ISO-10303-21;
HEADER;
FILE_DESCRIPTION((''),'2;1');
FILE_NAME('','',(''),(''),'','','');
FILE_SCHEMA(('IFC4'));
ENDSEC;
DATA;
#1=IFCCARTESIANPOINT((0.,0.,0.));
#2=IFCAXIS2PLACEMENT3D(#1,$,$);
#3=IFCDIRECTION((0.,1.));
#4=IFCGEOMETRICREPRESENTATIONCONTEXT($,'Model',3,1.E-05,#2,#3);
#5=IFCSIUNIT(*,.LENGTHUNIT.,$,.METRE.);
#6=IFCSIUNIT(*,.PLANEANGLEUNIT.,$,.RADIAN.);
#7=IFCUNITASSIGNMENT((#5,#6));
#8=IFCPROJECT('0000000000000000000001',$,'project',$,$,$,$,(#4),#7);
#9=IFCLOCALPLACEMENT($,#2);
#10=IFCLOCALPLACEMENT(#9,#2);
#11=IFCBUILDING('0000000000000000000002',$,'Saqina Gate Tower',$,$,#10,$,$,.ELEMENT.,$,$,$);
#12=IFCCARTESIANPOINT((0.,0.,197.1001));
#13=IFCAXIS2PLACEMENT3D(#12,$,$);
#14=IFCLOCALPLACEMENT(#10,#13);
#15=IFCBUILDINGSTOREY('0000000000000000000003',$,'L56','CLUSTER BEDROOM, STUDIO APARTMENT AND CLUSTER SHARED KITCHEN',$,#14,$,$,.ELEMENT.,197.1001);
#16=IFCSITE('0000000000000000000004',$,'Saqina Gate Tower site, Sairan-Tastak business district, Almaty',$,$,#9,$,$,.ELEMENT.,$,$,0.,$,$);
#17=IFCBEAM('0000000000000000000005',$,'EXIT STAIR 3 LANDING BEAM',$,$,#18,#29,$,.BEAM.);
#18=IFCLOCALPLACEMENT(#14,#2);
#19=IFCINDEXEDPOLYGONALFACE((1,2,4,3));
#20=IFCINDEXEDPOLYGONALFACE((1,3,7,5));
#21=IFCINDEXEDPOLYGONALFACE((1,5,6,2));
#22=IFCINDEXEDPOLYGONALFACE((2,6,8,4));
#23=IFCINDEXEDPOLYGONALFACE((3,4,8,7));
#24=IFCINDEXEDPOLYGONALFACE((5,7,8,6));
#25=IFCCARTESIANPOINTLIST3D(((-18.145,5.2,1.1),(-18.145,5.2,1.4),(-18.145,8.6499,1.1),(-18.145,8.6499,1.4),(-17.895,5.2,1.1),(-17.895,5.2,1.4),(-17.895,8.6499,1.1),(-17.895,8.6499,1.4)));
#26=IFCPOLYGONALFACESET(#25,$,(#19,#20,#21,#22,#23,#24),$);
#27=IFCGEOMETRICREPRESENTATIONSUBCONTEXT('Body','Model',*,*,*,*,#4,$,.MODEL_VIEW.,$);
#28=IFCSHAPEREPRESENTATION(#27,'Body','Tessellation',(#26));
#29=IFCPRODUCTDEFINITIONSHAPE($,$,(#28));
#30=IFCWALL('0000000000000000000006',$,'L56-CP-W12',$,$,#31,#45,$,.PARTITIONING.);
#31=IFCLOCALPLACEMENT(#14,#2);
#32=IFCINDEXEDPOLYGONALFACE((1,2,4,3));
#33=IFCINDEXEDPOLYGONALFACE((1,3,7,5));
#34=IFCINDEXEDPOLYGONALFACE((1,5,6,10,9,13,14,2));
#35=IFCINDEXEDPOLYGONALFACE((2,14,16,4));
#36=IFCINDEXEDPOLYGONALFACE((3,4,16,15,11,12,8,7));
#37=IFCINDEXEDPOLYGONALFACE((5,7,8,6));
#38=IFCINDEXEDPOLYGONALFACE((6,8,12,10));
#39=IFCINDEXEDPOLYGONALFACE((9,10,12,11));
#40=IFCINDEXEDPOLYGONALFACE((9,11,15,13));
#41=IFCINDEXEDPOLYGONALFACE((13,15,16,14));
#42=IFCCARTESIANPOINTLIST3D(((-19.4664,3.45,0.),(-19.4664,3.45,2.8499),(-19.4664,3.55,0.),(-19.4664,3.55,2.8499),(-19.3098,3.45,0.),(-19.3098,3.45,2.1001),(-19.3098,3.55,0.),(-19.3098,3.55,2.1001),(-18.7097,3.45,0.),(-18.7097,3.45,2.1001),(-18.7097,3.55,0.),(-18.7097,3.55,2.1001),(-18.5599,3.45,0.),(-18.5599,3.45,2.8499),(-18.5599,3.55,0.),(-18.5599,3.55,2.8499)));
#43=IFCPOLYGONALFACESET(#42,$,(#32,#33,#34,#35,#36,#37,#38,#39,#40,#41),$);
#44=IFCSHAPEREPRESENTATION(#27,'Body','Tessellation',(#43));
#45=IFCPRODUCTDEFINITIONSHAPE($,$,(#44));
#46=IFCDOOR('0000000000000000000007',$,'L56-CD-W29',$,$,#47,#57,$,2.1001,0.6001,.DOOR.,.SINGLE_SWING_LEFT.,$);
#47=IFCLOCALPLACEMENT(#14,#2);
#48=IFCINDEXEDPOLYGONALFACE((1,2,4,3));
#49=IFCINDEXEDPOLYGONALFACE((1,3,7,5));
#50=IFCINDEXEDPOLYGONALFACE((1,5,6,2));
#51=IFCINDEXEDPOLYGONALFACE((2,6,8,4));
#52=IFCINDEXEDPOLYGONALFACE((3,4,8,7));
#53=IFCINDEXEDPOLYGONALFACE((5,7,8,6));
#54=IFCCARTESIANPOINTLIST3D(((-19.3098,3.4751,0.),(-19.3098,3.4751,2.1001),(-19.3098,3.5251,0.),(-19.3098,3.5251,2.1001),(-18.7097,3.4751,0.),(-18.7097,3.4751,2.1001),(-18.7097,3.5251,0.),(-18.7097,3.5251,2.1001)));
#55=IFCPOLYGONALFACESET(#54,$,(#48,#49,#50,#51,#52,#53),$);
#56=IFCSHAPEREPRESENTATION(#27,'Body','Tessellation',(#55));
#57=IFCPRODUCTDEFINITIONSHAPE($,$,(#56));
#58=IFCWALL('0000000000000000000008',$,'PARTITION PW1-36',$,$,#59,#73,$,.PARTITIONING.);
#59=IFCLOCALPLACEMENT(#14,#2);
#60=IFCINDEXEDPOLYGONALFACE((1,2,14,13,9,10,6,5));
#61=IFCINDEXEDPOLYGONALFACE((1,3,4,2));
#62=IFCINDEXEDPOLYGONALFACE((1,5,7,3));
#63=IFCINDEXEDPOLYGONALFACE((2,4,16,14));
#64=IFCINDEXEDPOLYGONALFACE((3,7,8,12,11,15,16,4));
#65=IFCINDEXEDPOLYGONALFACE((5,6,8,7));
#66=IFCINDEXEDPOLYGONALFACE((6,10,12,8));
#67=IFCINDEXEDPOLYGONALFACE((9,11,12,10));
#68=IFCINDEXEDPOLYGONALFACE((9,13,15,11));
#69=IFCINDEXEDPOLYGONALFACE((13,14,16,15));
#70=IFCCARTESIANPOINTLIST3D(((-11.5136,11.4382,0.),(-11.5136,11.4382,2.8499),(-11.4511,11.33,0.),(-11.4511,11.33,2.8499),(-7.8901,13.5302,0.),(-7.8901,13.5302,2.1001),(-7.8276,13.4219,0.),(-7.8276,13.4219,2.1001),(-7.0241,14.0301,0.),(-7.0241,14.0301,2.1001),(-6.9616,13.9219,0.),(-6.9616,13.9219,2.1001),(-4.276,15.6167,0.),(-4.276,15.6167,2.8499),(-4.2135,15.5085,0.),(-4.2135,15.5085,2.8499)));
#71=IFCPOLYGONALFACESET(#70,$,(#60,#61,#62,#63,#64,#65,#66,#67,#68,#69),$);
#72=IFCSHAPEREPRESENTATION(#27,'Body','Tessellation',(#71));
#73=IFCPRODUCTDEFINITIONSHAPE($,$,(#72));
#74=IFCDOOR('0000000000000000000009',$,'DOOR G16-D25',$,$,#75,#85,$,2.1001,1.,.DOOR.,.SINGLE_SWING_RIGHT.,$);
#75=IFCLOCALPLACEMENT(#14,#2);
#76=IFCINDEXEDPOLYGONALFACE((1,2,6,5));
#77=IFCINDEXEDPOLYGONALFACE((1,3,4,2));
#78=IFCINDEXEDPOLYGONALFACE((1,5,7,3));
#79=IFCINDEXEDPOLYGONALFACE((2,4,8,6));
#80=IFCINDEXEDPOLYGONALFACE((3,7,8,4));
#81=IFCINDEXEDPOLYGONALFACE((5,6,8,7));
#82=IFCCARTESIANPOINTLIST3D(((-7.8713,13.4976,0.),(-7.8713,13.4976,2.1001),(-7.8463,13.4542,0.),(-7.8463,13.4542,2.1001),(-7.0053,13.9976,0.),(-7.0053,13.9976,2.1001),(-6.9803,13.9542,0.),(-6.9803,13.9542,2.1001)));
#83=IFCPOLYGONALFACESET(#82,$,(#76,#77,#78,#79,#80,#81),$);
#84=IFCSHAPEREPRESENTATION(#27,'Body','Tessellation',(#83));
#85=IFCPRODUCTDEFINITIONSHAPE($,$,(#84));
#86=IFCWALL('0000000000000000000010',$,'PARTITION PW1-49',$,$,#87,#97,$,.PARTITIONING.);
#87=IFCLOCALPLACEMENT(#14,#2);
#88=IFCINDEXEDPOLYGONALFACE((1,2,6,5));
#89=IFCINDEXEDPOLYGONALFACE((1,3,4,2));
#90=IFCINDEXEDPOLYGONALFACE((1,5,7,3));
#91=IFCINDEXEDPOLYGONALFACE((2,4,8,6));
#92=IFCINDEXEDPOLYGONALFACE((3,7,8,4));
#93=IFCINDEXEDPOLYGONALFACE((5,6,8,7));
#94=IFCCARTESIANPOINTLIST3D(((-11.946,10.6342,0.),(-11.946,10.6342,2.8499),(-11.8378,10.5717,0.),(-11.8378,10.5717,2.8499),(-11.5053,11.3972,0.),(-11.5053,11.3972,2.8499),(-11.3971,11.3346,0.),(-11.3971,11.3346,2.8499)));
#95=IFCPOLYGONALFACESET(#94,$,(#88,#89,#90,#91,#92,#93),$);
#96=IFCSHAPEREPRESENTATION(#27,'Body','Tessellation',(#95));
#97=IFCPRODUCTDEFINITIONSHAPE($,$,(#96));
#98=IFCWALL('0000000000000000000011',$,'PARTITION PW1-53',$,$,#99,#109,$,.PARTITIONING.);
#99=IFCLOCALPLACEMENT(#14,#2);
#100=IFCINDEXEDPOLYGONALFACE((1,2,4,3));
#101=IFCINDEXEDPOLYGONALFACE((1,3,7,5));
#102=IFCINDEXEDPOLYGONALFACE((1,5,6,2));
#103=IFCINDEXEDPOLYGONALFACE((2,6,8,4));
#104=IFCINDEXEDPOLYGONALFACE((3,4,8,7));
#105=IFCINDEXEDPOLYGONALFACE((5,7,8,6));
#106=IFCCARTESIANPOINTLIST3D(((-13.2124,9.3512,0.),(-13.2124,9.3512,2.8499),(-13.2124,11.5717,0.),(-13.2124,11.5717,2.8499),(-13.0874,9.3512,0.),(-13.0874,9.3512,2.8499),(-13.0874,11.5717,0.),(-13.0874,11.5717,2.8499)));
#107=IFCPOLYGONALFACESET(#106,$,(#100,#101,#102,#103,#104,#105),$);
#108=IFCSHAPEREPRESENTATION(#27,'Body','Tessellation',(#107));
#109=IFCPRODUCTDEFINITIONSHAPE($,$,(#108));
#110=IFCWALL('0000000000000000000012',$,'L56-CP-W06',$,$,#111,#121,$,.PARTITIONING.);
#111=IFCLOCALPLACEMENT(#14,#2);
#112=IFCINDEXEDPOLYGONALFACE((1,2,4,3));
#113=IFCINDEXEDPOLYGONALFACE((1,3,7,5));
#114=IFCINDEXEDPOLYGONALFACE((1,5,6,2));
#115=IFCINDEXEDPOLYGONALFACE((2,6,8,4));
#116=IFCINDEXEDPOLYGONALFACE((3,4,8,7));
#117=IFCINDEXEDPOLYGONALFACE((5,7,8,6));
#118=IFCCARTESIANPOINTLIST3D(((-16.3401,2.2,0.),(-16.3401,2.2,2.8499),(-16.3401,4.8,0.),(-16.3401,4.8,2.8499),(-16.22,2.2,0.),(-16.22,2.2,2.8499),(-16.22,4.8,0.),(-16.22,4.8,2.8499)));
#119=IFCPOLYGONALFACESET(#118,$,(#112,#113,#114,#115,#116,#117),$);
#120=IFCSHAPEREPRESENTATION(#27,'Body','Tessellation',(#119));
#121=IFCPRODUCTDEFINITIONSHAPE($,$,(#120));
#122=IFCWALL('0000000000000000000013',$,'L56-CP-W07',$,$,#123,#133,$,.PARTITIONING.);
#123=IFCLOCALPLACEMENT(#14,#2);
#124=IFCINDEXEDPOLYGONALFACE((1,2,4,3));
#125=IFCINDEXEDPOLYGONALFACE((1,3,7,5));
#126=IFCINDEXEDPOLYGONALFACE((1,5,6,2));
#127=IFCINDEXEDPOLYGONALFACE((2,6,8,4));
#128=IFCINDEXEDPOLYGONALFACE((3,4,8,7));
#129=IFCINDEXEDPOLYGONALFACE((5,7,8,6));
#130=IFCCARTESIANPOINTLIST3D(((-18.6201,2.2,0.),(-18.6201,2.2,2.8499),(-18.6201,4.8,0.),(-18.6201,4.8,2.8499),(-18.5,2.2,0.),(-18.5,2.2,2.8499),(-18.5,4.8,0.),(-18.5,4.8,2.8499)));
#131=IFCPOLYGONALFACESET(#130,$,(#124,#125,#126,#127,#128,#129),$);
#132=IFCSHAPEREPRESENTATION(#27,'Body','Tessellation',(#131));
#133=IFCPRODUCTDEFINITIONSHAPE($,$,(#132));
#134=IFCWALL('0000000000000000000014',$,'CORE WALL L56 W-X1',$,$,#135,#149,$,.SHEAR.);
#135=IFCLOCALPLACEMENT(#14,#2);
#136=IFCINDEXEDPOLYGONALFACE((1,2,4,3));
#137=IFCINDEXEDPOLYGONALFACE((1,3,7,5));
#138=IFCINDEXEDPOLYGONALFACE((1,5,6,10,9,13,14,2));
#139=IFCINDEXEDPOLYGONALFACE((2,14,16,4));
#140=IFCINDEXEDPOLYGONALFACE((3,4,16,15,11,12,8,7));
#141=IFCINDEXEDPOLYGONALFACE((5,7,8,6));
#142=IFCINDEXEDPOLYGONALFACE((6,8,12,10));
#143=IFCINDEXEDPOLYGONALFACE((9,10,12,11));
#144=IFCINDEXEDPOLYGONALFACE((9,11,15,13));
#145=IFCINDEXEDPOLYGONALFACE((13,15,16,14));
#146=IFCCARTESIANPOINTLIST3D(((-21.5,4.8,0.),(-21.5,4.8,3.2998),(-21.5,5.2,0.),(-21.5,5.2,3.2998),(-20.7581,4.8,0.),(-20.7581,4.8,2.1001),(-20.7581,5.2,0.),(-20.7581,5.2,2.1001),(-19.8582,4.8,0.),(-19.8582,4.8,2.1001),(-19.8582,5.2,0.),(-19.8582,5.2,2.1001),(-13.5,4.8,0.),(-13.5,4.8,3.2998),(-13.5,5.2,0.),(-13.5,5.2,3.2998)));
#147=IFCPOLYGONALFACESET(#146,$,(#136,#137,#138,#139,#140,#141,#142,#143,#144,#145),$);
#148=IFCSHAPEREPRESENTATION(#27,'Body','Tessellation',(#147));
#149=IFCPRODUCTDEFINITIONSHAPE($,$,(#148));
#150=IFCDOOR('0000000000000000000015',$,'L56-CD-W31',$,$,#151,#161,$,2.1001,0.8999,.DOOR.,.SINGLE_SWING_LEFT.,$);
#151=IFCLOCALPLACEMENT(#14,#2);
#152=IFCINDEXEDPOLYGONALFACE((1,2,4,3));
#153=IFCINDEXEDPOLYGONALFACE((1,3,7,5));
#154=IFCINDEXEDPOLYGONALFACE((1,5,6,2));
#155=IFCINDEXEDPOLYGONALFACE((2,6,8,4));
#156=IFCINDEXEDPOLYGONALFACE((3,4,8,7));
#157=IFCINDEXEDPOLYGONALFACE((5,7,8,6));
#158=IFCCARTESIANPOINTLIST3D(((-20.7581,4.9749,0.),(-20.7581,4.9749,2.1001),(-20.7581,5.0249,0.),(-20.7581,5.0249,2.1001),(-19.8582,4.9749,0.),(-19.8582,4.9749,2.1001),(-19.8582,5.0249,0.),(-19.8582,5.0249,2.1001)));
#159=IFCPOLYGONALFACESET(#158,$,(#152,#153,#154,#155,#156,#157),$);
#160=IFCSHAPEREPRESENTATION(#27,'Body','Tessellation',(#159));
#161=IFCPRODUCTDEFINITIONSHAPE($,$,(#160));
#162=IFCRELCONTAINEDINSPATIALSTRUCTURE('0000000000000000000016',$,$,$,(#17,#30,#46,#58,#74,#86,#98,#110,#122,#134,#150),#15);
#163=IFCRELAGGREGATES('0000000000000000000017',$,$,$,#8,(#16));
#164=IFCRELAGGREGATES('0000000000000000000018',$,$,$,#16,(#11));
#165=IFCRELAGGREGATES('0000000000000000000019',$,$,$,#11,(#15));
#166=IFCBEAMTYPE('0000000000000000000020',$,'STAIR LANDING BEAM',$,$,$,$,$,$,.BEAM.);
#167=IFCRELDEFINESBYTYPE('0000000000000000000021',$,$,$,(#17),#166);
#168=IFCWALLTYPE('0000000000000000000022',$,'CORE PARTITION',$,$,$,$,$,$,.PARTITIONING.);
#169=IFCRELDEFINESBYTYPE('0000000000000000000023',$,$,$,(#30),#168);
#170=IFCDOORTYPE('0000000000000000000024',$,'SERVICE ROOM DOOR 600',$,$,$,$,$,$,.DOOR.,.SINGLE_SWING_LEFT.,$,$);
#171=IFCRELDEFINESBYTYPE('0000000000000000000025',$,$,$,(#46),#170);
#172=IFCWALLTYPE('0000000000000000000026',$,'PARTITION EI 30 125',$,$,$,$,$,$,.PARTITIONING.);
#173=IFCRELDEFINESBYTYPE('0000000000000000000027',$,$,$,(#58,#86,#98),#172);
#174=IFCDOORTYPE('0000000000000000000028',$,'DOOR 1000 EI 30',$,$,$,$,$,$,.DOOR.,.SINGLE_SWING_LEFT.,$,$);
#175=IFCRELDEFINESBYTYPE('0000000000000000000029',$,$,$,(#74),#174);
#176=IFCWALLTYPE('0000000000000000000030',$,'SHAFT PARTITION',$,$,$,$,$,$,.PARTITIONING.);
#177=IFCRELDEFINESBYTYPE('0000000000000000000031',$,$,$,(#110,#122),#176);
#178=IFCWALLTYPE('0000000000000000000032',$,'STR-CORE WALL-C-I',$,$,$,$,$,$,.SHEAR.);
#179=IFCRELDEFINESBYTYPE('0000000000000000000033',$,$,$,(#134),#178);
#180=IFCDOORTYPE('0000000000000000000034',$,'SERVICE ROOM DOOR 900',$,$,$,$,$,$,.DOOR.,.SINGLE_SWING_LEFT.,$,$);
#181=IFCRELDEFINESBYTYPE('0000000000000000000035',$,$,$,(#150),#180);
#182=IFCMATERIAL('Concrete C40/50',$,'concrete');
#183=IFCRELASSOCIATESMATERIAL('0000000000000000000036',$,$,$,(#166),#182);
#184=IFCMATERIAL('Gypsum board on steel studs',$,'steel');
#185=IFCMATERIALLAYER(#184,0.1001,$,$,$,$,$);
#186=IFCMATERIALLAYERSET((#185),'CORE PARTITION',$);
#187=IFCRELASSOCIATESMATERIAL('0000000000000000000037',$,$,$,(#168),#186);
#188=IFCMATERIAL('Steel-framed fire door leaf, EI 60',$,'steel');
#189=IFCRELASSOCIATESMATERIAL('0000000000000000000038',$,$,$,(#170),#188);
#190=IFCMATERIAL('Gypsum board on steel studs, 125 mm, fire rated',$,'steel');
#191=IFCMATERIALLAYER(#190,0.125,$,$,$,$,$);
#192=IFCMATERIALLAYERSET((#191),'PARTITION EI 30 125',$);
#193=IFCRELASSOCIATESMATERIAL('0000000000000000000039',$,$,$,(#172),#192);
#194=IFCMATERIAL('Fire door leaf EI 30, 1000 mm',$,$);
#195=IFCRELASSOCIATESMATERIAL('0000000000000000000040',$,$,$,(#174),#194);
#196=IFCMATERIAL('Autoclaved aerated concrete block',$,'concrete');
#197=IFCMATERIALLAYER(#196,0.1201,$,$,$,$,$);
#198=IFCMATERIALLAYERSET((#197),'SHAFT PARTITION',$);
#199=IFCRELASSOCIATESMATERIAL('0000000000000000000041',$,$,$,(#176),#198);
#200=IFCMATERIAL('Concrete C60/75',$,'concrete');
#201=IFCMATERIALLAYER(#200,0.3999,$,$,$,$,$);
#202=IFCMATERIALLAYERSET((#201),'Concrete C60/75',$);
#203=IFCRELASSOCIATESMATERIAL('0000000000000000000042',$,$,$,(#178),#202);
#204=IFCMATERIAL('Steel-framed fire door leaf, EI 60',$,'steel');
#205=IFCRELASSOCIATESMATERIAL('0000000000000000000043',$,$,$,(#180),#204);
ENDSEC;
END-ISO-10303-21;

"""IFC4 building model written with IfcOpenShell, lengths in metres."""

from ifc_helpers import new_model, si_unit, direction, frame, frame_2d, origin, origin_2d, place, context, subcontext, project, spatial, rectangle, extrude, material, layer, layer_set, material_profile, profile_set, type_object, element, fill, save


model = new_model("IFC4")

# Units and contexts
model_context = context("Model", 3, precision=1e-05, world=origin(), true_north=direction((0.0, 1.0)))
body_context = subcontext(model_context, "Body", "Model", "MODEL_VIEW")
ifc_project = project(units=[si_unit("LENGTHUNIT", "METRE"), si_unit("PLANEANGLEUNIT", "RADIAN")], contexts=[model_context])

# Site, building, storey
site_placement = place(None, origin())
site = spatial("IfcSite", under=ifc_project, at=site_placement, Name="Saqina Gate Tower site, Sairan-Tastak business district, Almaty", CompositionType="ELEMENT", RefElevation=0.0)
building_placement = place(site_placement, origin())
building = spatial("IfcBuilding", under=site, at=building_placement, Name="Saqina Gate Tower", CompositionType="ELEMENT")
storey_placement = place(building_placement, frame((0.0, 0.0, 197.1001)))
storey = spatial("IfcBuildingStorey", under=building, at=storey_placement, Name="L56", Description="CLUSTER BEDROOM, STUDIO APARTMENT AND CLUSTER SHARED KITCHEN", CompositionType="ELEMENT", Elevation=197.1001)

# Beam
ifc_material_1 = material(Name="Concrete C40/50", Category="concrete")
ifc_material_profile = material_profile(ifc_material_1, rectangle(XDim=0.25, YDim=0.3, at=origin_2d()), Name="STAIR LANDING BEAM")
ifc_profile_set = profile_set([ifc_material_profile], Name="Concrete C40/50")
beam_type = type_object("IfcBeamType", Name="STAIR LANDING BEAM", PredefinedType="BEAM", material=ifc_profile_set)
beam_placement = place(storey_placement, frame((-18.02, 5.2, 1.25), z_axis=(0.0, 1.0, 0.0), x_axis=(-1.0, 0.0, 0.0)))
element("IfcBeam", 1, at=beam_placement, inside=storey, type_object=beam_type, Name="EXIT STAIR 3 LANDING BEAM", PredefinedType="BEAM", context=body_context, shape_type="SweptSolid", body=[
    extrude(rectangle(XDim=0.25, YDim=0.3, at=origin_2d()), origin(), (0.0, 0.0, 1.0), 3.45),
])

# Walls, openings, doors
ifc_material_2 = material(Name="Gypsum board on steel studs", Category="steel")
ifc_layer_1 = layer(ifc_material_2, 0.1001)
ifc_layer_set_1 = layer_set([ifc_layer_1], Name="CORE PARTITION")
wall_type_1 = type_object("IfcWallType", Name="CORE PARTITION", PredefinedType="PARTITIONING", material=ifc_layer_set_1)
wall_1_placement = place(storey_placement, frame((-18.5601, 3.5, 0.0), z_axis=(0.0, 0.0, 1.0), x_axis=(-1.0, 0.0, 0.0)))
wall_1 = element("IfcWall", 2, at=wall_1_placement, inside=storey, type_object=wall_type_1, Name="L56-CP-W12", PredefinedType="PARTITIONING", context=body_context, shape_type="SweptSolid", body=[
    extrude(rectangle(XDim=0.9065, YDim=0.1001, at=frame_2d((0.4531, 0.0))), origin(), (0.0, 0.0, 1.0), 2.8499),
])
opening_1_placement = place(wall_1_placement, frame((0.1497, 0.0, 0.0)))
opening_1 = element("IfcOpeningElement", 3, at=opening_1_placement, cuts=wall_1, PredefinedType="OPENING", context=body_context, shape_type="SweptSolid", body=[
    extrude(rectangle(XDim=0.6001, YDim=2.1001, at=frame_2d((0.3, 1.05))), frame((0.0, 0.062, 0.0), z_axis=(0.0, -1.0, 0.0), x_axis=(1.0, 0.0, 0.0)), (0.0, 0.0, 1.0), 0.124),
])
ifc_material_3 = material(Name="Steel-framed fire door leaf, EI 60", Category="steel")
door_type_1 = type_object("IfcDoorType", Name="SERVICE ROOM DOOR 600", OperationType="SINGLE_SWING_LEFT", PredefinedType="DOOR", material=ifc_material_3)
door_1_placement = place(opening_1_placement, origin())
door_1 = element("IfcDoor", 4, at=door_1_placement, inside=storey, type_object=door_type_1, Name="L56-CD-W29", OperationType="SINGLE_SWING_LEFT", OverallHeight=2.1001, OverallWidth=0.6001, PredefinedType="DOOR", context=body_context, shape_type="SweptSolid", body=[
    extrude(rectangle(XDim=0.6001, YDim=2.1001, at=frame_2d((0.3, 1.05))), frame((0.0, 0.0249, 0.0), z_axis=(0.0, -1.0, 0.0), x_axis=(1.0, 0.0, 0.0)), (0.0, 0.0, 1.0), 0.05),
])
fill(opening_1, door_1)
ifc_material_4 = material(Name="Gypsum board on steel studs, 125 mm, fire rated", Category="steel")
ifc_layer_2 = layer(ifc_material_4, 0.125)
ifc_layer_set_2 = layer_set([ifc_layer_2], Name="PARTITION EI 30 125")
wall_type_2 = type_object("IfcWallType", Name="PARTITION EI 30 125", PredefinedType="PARTITIONING", material=ifc_layer_set_2)
wall_2_placement = place(storey_placement, frame((-11.4824, 11.384, 0.0), z_axis=(0.0, 0.0, 1.0), x_axis=(0.866032, 0.499988, 0.0)))
wall_2 = element("IfcWall", 5, at=wall_2_placement, inside=storey, type_object=wall_type_2, Name="PARTITION PW1-36", PredefinedType="PARTITIONING", context=body_context, shape_type="SweptSolid", body=[
    extrude(rectangle(XDim=8.3572, YDim=0.125, at=frame_2d((4.1787, 0.0))), origin(), (0.0, 0.0, 1.0), 2.8499),
])
opening_2_placement = place(wall_2_placement, frame((4.1841, 0.0, 0.0)))
opening_2 = element("IfcOpeningElement", 6, at=opening_2_placement, cuts=wall_2, PredefinedType="OPENING", context=body_context, shape_type="SweptSolid", body=[
    extrude(rectangle(XDim=1.0, YDim=2.1001, at=frame_2d((0.5, 1.05))), frame((0.0, 0.0745, 0.0), z_axis=(0.0, -1.0, 0.0), x_axis=(1.0, 0.0, 0.0)), (0.0, 0.0, 1.0), 0.1489),
])
ifc_material_5 = material(Name="Fire door leaf EI 30, 1000 mm")
door_type_2 = type_object("IfcDoorType", Name="DOOR 1000 EI 30", OperationType="SINGLE_SWING_LEFT", PredefinedType="DOOR", material=ifc_material_5)
door_2_placement = place(opening_2_placement, origin())
door_2 = element("IfcDoor", 7, at=door_2_placement, inside=storey, type_object=door_type_2, Name="DOOR G16-D25", OperationType="SINGLE_SWING_RIGHT", OverallHeight=2.1001, OverallWidth=1.0, PredefinedType="DOOR", context=body_context, shape_type="SweptSolid", body=[
    extrude(rectangle(XDim=1.0, YDim=2.1001, at=frame_2d((0.5, 1.05))), frame((0.0, 0.0249, 0.0), z_axis=(0.0, -1.0, 0.0), x_axis=(1.0, 0.0, 0.0)), (0.0, 0.0, 1.0), 0.05),
])
fill(opening_2, door_2)

# Walls
wall_3_placement = place(storey_placement, frame((-11.8918, 10.603, 0.0), z_axis=(0.0, 0.0, 1.0), x_axis=(0.500162, 0.865932, 0.0)))
element("IfcWall", 8, at=wall_3_placement, inside=storey, type_object=wall_type_2, Name="PARTITION PW1-49", PredefinedType="PARTITIONING", context=body_context, shape_type="SweptSolid", body=[
    extrude(rectangle(XDim=0.8811, YDim=0.125, at=frame_2d((0.4404, 0.0))), origin(), (0.0, 0.0, 1.0), 2.8499),
])
wall_4_placement = place(storey_placement, frame((-13.1499, 9.3511, 0.0), z_axis=(0.0, 0.0, 1.0), x_axis=(0.0, 1.0, 0.0)))
element("IfcWall", 9, at=wall_4_placement, inside=storey, type_object=wall_type_2, Name="PARTITION PW1-53", PredefinedType="PARTITIONING", context=body_context, shape_type="SweptSolid", body=[
    extrude(rectangle(XDim=2.2205, YDim=0.125, at=frame_2d((1.1104, 0.0))), origin(), (0.0, 0.0, 1.0), 2.8499),
])
ifc_material_6 = material(Name="Autoclaved aerated concrete block", Category="concrete")
ifc_layer_3 = layer(ifc_material_6, 0.1201)
ifc_layer_set_3 = layer_set([ifc_layer_3], Name="SHAFT PARTITION")
wall_type_3 = type_object("IfcWallType", Name="SHAFT PARTITION", PredefinedType="PARTITIONING", material=ifc_layer_set_3)
for number, where, z_axis, x_axis, name in (
    (10, (-16.28, 2.2, 0.0), (0.0, 0.0, 1.0), (0.0, 1.0, 0.0), "L56-CP-W06"),
    (11, (-18.5601, 2.2, 0.0), (0.0, 0.0, 1.0), (0.0, 1.0, 0.0), "L56-CP-W07"),
):
    element("IfcWall", number, at=place(storey_placement, frame(where, z_axis=z_axis, x_axis=x_axis)), inside=storey, type_object=wall_type_3, Name=name, PredefinedType="PARTITIONING", context=body_context, shape_type="SweptSolid", body=[
        extrude(rectangle(XDim=2.6001, YDim=0.1201, at=frame_2d((1.3, 0.0))), origin(), (0.0, 0.0, 1.0), 2.8499),
    ])

# Wall, opening, door
ifc_material_7 = material(Name="Concrete C60/75", Category="concrete")
ifc_layer_4 = layer(ifc_material_7, 0.3999)
ifc_layer_set_4 = layer_set([ifc_layer_4], Name="Concrete C60/75")
wall_type_4 = type_object("IfcWallType", Name="STR-CORE WALL-C-I", PredefinedType="SHEAR", material=ifc_layer_set_4)
wall_5_placement = place(storey_placement, frame((-13.5, 5.0, 0.0), z_axis=(0.0, 0.0, 1.0), x_axis=(-1.0, 0.0, 0.0)))
wall_5 = element("IfcWall", 12, at=wall_5_placement, inside=storey, type_object=wall_type_4, Name="CORE WALL L56 W-X1", PredefinedType="SHEAR", context=body_context, shape_type="SweptSolid", body=[
    extrude(rectangle(XDim=8.0, YDim=0.3999, at=frame_2d((4.0, 0.0))), origin(), (0.0, 0.0, 1.0), 3.2998),
])
opening_3_placement = place(wall_5_placement, frame((6.3582, 0.0, 0.0)))
opening_3 = element("IfcOpeningElement", 13, at=opening_3_placement, cuts=wall_5, PredefinedType="OPENING", context=body_context, shape_type="SweptSolid", body=[
    extrude(rectangle(XDim=0.8999, YDim=2.1001, at=frame_2d((0.45, 1.05))), frame((0.0, 0.2119, 0.0), z_axis=(0.0, -1.0, 0.0), x_axis=(1.0, 0.0, 0.0)), (0.0, 0.0, 1.0), 0.4238),
])
ifc_material_8 = material(Name="Steel-framed fire door leaf, EI 60", Category="steel")
door_type_3 = type_object("IfcDoorType", Name="SERVICE ROOM DOOR 900", OperationType="SINGLE_SWING_LEFT", PredefinedType="DOOR", material=ifc_material_8)
door_3_placement = place(opening_3_placement, frame((0.8999, 0.0, 0.0), z_axis=(0.0, 0.0, 1.0), x_axis=(-1.0, 0.0, 0.0)))
door_3 = element("IfcDoor", 14, at=door_3_placement, inside=storey, type_object=door_type_3, Name="L56-CD-W31", OperationType="SINGLE_SWING_LEFT", OverallHeight=2.1001, OverallWidth=0.8999, PredefinedType="DOOR", context=body_context, shape_type="SweptSolid", body=[
    extrude(rectangle(XDim=0.8999, YDim=2.1001, at=frame_2d((0.45, 1.05))), frame((0.0, 0.0249, 0.0), z_axis=(0.0, -1.0, 0.0), x_axis=(1.0, 0.0, 0.0)), (0.0, 0.0, 1.0), 0.05),
])
fill(opening_3, door_3)

save(model, "model.ifc")
